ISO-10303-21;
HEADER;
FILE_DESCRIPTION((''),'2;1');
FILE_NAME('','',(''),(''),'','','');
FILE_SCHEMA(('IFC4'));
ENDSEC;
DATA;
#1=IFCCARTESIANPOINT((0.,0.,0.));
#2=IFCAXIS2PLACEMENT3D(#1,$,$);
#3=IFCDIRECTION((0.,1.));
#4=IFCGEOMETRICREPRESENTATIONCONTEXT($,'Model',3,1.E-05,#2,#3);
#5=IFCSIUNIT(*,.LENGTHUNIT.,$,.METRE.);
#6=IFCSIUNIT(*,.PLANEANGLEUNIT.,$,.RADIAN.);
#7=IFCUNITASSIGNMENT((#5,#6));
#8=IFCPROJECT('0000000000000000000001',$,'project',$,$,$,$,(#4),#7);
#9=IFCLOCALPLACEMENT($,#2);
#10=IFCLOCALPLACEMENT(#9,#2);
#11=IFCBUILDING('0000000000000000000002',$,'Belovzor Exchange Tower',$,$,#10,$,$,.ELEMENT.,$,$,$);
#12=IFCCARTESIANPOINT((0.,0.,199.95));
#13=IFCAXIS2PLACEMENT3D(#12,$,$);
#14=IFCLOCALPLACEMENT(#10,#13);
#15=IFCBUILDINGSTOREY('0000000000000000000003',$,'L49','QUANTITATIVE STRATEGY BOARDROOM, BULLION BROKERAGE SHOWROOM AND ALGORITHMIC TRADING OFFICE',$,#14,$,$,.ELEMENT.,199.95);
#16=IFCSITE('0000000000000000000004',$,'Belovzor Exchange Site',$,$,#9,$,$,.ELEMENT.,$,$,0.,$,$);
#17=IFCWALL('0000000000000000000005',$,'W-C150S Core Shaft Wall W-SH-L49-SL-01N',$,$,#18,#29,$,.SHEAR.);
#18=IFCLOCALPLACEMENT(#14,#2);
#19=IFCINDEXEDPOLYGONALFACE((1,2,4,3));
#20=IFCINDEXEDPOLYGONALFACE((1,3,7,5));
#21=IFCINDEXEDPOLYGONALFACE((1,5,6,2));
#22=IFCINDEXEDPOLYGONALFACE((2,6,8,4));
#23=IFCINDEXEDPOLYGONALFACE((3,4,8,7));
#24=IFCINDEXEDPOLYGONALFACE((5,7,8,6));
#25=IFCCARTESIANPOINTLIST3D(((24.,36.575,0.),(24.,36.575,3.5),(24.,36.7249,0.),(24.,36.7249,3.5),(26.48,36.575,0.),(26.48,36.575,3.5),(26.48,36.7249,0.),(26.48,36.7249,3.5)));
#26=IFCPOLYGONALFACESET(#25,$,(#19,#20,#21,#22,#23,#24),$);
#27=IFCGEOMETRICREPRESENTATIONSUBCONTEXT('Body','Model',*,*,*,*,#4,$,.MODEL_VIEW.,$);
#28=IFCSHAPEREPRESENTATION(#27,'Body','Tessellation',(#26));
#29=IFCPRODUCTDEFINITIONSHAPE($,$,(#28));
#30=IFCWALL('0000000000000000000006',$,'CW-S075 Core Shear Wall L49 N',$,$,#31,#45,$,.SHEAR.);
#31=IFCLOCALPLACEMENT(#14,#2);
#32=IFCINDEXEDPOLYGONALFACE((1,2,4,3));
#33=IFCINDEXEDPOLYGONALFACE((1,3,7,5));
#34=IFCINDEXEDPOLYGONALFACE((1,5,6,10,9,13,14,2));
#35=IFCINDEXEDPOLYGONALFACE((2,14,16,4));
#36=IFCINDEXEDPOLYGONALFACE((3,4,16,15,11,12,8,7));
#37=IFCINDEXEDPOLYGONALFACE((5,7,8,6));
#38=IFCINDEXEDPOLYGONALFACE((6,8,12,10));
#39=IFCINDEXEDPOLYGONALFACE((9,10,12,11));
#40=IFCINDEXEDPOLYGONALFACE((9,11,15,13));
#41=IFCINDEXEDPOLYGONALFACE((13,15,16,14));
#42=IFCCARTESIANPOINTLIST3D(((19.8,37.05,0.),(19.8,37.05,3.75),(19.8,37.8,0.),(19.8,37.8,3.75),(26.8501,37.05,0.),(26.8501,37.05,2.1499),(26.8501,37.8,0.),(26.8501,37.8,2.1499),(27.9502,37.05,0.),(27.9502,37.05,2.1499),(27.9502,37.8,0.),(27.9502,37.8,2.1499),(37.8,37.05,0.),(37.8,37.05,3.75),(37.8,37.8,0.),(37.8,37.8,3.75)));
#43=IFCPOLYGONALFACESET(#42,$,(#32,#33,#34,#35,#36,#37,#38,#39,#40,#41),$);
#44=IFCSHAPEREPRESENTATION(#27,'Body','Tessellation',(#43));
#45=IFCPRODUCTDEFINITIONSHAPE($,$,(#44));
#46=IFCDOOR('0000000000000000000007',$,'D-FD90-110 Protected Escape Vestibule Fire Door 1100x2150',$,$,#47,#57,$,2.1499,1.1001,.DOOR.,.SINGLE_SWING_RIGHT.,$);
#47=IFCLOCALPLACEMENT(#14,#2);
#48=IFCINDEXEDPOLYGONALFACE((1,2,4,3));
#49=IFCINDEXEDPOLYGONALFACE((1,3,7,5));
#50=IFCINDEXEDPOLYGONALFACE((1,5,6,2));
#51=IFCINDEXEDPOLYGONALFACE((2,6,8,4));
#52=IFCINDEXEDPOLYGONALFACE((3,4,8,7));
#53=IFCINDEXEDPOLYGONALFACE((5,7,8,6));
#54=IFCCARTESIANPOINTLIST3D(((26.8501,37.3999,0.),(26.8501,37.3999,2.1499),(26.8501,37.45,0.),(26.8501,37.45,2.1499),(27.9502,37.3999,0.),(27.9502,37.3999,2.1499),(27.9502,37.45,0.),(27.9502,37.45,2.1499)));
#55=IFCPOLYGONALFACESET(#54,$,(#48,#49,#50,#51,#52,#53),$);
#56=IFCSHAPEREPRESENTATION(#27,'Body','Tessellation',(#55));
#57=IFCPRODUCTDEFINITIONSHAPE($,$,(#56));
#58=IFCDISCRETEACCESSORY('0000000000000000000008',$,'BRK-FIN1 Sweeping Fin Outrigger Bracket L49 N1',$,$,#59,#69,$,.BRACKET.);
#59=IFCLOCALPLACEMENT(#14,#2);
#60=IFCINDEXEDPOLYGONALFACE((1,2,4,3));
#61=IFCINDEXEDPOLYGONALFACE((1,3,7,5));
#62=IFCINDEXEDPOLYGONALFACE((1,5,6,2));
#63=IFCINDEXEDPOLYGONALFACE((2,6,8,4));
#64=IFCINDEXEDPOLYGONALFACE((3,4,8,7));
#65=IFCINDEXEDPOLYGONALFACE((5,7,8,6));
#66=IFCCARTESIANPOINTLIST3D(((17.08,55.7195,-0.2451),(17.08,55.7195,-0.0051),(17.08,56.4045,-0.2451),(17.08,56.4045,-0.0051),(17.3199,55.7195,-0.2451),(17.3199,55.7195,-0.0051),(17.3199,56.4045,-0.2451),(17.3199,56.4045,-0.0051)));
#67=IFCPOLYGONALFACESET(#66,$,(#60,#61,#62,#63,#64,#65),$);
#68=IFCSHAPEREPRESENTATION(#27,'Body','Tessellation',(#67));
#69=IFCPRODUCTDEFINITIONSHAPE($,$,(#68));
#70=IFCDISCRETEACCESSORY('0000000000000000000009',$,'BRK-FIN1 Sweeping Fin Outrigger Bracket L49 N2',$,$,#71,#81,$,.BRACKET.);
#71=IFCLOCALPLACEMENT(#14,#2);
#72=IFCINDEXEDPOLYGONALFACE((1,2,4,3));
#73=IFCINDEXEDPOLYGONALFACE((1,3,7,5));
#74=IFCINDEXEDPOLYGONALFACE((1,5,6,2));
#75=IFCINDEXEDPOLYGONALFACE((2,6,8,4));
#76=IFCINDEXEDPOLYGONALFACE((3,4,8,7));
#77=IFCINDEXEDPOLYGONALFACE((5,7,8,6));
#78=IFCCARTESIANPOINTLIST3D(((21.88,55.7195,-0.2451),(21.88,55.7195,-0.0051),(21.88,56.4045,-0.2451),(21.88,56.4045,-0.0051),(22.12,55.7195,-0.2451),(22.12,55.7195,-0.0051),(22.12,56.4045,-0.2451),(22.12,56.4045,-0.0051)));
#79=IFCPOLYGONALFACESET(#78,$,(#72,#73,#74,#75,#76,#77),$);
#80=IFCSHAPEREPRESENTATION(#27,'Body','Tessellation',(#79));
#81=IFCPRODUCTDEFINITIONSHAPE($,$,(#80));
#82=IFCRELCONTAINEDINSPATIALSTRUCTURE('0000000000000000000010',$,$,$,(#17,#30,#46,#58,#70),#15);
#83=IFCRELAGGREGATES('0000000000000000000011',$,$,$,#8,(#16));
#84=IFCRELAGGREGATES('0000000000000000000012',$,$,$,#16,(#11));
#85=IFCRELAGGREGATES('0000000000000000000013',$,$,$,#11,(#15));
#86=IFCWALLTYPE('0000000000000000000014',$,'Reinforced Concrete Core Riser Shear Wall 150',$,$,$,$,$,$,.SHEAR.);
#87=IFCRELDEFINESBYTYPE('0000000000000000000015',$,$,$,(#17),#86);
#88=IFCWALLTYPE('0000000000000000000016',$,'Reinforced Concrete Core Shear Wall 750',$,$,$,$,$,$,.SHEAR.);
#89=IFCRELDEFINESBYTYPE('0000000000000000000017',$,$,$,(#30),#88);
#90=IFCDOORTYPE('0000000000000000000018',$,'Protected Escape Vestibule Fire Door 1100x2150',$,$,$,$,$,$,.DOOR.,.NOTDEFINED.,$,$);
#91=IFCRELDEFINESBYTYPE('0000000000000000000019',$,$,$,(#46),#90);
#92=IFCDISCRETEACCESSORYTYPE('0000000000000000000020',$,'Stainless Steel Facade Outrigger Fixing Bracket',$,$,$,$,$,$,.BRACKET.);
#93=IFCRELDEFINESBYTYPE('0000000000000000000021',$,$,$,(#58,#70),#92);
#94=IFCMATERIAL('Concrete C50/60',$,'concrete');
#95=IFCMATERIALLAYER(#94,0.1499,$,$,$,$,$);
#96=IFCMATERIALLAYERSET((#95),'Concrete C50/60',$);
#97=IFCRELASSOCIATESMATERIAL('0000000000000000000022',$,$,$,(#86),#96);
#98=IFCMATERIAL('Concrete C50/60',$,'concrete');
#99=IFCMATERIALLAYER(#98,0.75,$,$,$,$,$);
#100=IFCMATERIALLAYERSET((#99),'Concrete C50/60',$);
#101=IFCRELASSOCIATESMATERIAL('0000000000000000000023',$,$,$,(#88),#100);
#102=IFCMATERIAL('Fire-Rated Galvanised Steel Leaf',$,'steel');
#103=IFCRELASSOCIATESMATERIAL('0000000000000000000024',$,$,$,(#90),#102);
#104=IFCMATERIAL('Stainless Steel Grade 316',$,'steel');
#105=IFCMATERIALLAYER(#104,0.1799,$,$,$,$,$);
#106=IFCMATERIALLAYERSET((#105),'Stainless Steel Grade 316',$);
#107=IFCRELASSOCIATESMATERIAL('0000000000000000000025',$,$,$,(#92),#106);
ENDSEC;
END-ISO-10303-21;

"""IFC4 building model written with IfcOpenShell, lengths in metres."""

from ifc_helpers import new_model, si_unit, direction, frame, frame_2d, origin, origin_2d, place, context, subcontext, project, spatial, rectangle, extrude, material, layer, layer_set, type_object, element, fill, save


model = new_model("IFC4")

# Units and contexts
model_context = context("Model", 3, precision=1e-05, world=origin(), true_north=direction((0.0, 1.0)))
body_context = subcontext(model_context, "Body", "Model", "MODEL_VIEW")
ifc_project = project(units=[si_unit("LENGTHUNIT", "METRE"), si_unit("PLANEANGLEUNIT", "RADIAN")], contexts=[model_context])

# Site, building, storey
site_placement = place(None, origin())
site = spatial("IfcSite", under=ifc_project, at=site_placement, Name="Belovzor Exchange Site", CompositionType="ELEMENT", RefElevation=0.0)
building_placement = place(site_placement, origin())
building = spatial("IfcBuilding", under=site, at=building_placement, Name="Belovzor Exchange Tower", CompositionType="ELEMENT")
storey_placement = place(building_placement, frame((0.0, 0.0, 199.95)))
storey = spatial("IfcBuildingStorey", under=building, at=storey_placement, Name="L49", Description="QUANTITATIVE STRATEGY BOARDROOM, BULLION BROKERAGE SHOWROOM AND ALGORITHMIC TRADING OFFICE", CompositionType="ELEMENT", Elevation=199.95)

# Wall
ifc_material_1 = material(Name="Concrete C50/60", Category="concrete")
ifc_layer_1 = layer(ifc_material_1, 0.1499)
ifc_layer_set_1 = layer_set([ifc_layer_1], Name="Concrete C50/60")
wall_type_1 = type_object("IfcWallType", Name="Reinforced Concrete Core Riser Shear Wall 150", PredefinedType="SHEAR", material=ifc_layer_set_1)
wall_1_placement = place(storey_placement, frame((24.0, 36.6499, 0.0), z_axis=(0.0, 0.0, 1.0), x_axis=(1.0, 0.0, 0.0)))
element("IfcWall", 1, at=wall_1_placement, inside=storey, type_object=wall_type_1, Name="W-C150S Core Shaft Wall W-SH-L49-SL-01N", PredefinedType="SHEAR", context=body_context, shape_type="SweptSolid", body=[
    extrude(rectangle(XDim=2.48, YDim=0.1499, at=frame_2d((1.24, 0.0))), origin(), (0.0, 0.0, 1.0), 3.5),
])

# Wall, opening, door
ifc_material_2 = material(Name="Concrete C50/60", Category="concrete")
ifc_layer_2 = layer(ifc_material_2, 0.75)
ifc_layer_set_2 = layer_set([ifc_layer_2], Name="Concrete C50/60")
wall_type_2 = type_object("IfcWallType", Name="Reinforced Concrete Core Shear Wall 750", PredefinedType="SHEAR", material=ifc_layer_set_2)
wall_2_placement = place(storey_placement, frame((19.8, 37.425, 0.0), z_axis=(0.0, 0.0, 1.0), x_axis=(1.0, 0.0, 0.0)))
wall_2 = element("IfcWall", 2, at=wall_2_placement, inside=storey, type_object=wall_type_2, Name="CW-S075 Core Shear Wall L49 N", PredefinedType="SHEAR", context=body_context, shape_type="SweptSolid", body=[
    extrude(rectangle(XDim=18.0, YDim=0.75, at=frame_2d((9.0, 0.0))), origin(), (0.0, 0.0, 1.0), 3.75),
])
opening_1_placement = place(wall_2_placement, frame((7.05, 0.0, 0.0)))
opening_1 = element("IfcOpeningElement", 3, at=opening_1_placement, cuts=wall_2, PredefinedType="OPENING", context=body_context, shape_type="SweptSolid", body=[
    extrude(rectangle(XDim=1.1001, YDim=2.1499, at=frame_2d((0.55, 1.075))), frame((0.0, 0.385, 0.0), z_axis=(0.0, -1.0, 0.0), x_axis=(1.0, 0.0, 0.0)), (0.0, 0.0, 1.0), 0.77),
])
ifc_material_3 = material(Name="Fire-Rated Galvanised Steel Leaf", Category="steel")
door_type_1 = type_object("IfcDoorType", Name="Protected Escape Vestibule Fire Door 1100x2150", OperationType="NOTDEFINED", PredefinedType="DOOR", material=ifc_material_3)
door_1_placement = place(opening_1_placement, origin())
door_1 = element("IfcDoor", 4, at=door_1_placement, inside=storey, type_object=door_type_1, Name="D-FD90-110 Protected Escape Vestibule Fire Door 1100x2150", OperationType="SINGLE_SWING_RIGHT", OverallHeight=2.1499, OverallWidth=1.1001, PredefinedType="DOOR", context=body_context, shape_type="SweptSolid", body=[
    extrude(rectangle(XDim=1.1001, YDim=2.1499, at=frame_2d((0.55, 1.075))), frame((0.0, 0.0249, 0.0), z_axis=(0.0, -1.0, 0.0), x_axis=(1.0, 0.0, 0.0)), (0.0, 0.0, 1.0), 0.05),
])
fill(opening_1, door_1)

# Discrete accessories
ifc_material_4 = material(Name="Stainless Steel Grade 316", Category="steel")
ifc_layer_3 = layer(ifc_material_4, 0.1799)
ifc_layer_set_3 = layer_set([ifc_layer_3], Name="Stainless Steel Grade 316")
discrete_accessory_type = type_object("IfcDiscreteAccessoryType", Name="Stainless Steel Facade Outrigger Fixing Bracket", PredefinedType="BRACKET", material=ifc_layer_set_3)
for number, where, z_axis, x_axis, name in (
    (5, (17.2, 56.062, -0.2451), (0.0, 0.0, 1.0), (0.0, 1.0, 0.0), "BRK-FIN1 Sweeping Fin Outrigger Bracket L49 N1"),
    (6, (22.0, 56.062, -0.2451), (0.0, 0.0, 1.0), (0.0, 1.0, 0.0), "BRK-FIN1 Sweeping Fin Outrigger Bracket L49 N2"),
):
    element("IfcDiscreteAccessory", number, at=place(storey_placement, frame(where, z_axis=z_axis, x_axis=x_axis)), inside=storey, type_object=discrete_accessory_type, Name=name, PredefinedType="BRACKET", context=body_context, shape_type="SweptSolid", body=[
        extrude(rectangle(XDim=0.6851, YDim=0.24, at=origin_2d()), origin(), (0.0, 0.0, 1.0), 0.24),
    ])

save(model, "model.ifc")
